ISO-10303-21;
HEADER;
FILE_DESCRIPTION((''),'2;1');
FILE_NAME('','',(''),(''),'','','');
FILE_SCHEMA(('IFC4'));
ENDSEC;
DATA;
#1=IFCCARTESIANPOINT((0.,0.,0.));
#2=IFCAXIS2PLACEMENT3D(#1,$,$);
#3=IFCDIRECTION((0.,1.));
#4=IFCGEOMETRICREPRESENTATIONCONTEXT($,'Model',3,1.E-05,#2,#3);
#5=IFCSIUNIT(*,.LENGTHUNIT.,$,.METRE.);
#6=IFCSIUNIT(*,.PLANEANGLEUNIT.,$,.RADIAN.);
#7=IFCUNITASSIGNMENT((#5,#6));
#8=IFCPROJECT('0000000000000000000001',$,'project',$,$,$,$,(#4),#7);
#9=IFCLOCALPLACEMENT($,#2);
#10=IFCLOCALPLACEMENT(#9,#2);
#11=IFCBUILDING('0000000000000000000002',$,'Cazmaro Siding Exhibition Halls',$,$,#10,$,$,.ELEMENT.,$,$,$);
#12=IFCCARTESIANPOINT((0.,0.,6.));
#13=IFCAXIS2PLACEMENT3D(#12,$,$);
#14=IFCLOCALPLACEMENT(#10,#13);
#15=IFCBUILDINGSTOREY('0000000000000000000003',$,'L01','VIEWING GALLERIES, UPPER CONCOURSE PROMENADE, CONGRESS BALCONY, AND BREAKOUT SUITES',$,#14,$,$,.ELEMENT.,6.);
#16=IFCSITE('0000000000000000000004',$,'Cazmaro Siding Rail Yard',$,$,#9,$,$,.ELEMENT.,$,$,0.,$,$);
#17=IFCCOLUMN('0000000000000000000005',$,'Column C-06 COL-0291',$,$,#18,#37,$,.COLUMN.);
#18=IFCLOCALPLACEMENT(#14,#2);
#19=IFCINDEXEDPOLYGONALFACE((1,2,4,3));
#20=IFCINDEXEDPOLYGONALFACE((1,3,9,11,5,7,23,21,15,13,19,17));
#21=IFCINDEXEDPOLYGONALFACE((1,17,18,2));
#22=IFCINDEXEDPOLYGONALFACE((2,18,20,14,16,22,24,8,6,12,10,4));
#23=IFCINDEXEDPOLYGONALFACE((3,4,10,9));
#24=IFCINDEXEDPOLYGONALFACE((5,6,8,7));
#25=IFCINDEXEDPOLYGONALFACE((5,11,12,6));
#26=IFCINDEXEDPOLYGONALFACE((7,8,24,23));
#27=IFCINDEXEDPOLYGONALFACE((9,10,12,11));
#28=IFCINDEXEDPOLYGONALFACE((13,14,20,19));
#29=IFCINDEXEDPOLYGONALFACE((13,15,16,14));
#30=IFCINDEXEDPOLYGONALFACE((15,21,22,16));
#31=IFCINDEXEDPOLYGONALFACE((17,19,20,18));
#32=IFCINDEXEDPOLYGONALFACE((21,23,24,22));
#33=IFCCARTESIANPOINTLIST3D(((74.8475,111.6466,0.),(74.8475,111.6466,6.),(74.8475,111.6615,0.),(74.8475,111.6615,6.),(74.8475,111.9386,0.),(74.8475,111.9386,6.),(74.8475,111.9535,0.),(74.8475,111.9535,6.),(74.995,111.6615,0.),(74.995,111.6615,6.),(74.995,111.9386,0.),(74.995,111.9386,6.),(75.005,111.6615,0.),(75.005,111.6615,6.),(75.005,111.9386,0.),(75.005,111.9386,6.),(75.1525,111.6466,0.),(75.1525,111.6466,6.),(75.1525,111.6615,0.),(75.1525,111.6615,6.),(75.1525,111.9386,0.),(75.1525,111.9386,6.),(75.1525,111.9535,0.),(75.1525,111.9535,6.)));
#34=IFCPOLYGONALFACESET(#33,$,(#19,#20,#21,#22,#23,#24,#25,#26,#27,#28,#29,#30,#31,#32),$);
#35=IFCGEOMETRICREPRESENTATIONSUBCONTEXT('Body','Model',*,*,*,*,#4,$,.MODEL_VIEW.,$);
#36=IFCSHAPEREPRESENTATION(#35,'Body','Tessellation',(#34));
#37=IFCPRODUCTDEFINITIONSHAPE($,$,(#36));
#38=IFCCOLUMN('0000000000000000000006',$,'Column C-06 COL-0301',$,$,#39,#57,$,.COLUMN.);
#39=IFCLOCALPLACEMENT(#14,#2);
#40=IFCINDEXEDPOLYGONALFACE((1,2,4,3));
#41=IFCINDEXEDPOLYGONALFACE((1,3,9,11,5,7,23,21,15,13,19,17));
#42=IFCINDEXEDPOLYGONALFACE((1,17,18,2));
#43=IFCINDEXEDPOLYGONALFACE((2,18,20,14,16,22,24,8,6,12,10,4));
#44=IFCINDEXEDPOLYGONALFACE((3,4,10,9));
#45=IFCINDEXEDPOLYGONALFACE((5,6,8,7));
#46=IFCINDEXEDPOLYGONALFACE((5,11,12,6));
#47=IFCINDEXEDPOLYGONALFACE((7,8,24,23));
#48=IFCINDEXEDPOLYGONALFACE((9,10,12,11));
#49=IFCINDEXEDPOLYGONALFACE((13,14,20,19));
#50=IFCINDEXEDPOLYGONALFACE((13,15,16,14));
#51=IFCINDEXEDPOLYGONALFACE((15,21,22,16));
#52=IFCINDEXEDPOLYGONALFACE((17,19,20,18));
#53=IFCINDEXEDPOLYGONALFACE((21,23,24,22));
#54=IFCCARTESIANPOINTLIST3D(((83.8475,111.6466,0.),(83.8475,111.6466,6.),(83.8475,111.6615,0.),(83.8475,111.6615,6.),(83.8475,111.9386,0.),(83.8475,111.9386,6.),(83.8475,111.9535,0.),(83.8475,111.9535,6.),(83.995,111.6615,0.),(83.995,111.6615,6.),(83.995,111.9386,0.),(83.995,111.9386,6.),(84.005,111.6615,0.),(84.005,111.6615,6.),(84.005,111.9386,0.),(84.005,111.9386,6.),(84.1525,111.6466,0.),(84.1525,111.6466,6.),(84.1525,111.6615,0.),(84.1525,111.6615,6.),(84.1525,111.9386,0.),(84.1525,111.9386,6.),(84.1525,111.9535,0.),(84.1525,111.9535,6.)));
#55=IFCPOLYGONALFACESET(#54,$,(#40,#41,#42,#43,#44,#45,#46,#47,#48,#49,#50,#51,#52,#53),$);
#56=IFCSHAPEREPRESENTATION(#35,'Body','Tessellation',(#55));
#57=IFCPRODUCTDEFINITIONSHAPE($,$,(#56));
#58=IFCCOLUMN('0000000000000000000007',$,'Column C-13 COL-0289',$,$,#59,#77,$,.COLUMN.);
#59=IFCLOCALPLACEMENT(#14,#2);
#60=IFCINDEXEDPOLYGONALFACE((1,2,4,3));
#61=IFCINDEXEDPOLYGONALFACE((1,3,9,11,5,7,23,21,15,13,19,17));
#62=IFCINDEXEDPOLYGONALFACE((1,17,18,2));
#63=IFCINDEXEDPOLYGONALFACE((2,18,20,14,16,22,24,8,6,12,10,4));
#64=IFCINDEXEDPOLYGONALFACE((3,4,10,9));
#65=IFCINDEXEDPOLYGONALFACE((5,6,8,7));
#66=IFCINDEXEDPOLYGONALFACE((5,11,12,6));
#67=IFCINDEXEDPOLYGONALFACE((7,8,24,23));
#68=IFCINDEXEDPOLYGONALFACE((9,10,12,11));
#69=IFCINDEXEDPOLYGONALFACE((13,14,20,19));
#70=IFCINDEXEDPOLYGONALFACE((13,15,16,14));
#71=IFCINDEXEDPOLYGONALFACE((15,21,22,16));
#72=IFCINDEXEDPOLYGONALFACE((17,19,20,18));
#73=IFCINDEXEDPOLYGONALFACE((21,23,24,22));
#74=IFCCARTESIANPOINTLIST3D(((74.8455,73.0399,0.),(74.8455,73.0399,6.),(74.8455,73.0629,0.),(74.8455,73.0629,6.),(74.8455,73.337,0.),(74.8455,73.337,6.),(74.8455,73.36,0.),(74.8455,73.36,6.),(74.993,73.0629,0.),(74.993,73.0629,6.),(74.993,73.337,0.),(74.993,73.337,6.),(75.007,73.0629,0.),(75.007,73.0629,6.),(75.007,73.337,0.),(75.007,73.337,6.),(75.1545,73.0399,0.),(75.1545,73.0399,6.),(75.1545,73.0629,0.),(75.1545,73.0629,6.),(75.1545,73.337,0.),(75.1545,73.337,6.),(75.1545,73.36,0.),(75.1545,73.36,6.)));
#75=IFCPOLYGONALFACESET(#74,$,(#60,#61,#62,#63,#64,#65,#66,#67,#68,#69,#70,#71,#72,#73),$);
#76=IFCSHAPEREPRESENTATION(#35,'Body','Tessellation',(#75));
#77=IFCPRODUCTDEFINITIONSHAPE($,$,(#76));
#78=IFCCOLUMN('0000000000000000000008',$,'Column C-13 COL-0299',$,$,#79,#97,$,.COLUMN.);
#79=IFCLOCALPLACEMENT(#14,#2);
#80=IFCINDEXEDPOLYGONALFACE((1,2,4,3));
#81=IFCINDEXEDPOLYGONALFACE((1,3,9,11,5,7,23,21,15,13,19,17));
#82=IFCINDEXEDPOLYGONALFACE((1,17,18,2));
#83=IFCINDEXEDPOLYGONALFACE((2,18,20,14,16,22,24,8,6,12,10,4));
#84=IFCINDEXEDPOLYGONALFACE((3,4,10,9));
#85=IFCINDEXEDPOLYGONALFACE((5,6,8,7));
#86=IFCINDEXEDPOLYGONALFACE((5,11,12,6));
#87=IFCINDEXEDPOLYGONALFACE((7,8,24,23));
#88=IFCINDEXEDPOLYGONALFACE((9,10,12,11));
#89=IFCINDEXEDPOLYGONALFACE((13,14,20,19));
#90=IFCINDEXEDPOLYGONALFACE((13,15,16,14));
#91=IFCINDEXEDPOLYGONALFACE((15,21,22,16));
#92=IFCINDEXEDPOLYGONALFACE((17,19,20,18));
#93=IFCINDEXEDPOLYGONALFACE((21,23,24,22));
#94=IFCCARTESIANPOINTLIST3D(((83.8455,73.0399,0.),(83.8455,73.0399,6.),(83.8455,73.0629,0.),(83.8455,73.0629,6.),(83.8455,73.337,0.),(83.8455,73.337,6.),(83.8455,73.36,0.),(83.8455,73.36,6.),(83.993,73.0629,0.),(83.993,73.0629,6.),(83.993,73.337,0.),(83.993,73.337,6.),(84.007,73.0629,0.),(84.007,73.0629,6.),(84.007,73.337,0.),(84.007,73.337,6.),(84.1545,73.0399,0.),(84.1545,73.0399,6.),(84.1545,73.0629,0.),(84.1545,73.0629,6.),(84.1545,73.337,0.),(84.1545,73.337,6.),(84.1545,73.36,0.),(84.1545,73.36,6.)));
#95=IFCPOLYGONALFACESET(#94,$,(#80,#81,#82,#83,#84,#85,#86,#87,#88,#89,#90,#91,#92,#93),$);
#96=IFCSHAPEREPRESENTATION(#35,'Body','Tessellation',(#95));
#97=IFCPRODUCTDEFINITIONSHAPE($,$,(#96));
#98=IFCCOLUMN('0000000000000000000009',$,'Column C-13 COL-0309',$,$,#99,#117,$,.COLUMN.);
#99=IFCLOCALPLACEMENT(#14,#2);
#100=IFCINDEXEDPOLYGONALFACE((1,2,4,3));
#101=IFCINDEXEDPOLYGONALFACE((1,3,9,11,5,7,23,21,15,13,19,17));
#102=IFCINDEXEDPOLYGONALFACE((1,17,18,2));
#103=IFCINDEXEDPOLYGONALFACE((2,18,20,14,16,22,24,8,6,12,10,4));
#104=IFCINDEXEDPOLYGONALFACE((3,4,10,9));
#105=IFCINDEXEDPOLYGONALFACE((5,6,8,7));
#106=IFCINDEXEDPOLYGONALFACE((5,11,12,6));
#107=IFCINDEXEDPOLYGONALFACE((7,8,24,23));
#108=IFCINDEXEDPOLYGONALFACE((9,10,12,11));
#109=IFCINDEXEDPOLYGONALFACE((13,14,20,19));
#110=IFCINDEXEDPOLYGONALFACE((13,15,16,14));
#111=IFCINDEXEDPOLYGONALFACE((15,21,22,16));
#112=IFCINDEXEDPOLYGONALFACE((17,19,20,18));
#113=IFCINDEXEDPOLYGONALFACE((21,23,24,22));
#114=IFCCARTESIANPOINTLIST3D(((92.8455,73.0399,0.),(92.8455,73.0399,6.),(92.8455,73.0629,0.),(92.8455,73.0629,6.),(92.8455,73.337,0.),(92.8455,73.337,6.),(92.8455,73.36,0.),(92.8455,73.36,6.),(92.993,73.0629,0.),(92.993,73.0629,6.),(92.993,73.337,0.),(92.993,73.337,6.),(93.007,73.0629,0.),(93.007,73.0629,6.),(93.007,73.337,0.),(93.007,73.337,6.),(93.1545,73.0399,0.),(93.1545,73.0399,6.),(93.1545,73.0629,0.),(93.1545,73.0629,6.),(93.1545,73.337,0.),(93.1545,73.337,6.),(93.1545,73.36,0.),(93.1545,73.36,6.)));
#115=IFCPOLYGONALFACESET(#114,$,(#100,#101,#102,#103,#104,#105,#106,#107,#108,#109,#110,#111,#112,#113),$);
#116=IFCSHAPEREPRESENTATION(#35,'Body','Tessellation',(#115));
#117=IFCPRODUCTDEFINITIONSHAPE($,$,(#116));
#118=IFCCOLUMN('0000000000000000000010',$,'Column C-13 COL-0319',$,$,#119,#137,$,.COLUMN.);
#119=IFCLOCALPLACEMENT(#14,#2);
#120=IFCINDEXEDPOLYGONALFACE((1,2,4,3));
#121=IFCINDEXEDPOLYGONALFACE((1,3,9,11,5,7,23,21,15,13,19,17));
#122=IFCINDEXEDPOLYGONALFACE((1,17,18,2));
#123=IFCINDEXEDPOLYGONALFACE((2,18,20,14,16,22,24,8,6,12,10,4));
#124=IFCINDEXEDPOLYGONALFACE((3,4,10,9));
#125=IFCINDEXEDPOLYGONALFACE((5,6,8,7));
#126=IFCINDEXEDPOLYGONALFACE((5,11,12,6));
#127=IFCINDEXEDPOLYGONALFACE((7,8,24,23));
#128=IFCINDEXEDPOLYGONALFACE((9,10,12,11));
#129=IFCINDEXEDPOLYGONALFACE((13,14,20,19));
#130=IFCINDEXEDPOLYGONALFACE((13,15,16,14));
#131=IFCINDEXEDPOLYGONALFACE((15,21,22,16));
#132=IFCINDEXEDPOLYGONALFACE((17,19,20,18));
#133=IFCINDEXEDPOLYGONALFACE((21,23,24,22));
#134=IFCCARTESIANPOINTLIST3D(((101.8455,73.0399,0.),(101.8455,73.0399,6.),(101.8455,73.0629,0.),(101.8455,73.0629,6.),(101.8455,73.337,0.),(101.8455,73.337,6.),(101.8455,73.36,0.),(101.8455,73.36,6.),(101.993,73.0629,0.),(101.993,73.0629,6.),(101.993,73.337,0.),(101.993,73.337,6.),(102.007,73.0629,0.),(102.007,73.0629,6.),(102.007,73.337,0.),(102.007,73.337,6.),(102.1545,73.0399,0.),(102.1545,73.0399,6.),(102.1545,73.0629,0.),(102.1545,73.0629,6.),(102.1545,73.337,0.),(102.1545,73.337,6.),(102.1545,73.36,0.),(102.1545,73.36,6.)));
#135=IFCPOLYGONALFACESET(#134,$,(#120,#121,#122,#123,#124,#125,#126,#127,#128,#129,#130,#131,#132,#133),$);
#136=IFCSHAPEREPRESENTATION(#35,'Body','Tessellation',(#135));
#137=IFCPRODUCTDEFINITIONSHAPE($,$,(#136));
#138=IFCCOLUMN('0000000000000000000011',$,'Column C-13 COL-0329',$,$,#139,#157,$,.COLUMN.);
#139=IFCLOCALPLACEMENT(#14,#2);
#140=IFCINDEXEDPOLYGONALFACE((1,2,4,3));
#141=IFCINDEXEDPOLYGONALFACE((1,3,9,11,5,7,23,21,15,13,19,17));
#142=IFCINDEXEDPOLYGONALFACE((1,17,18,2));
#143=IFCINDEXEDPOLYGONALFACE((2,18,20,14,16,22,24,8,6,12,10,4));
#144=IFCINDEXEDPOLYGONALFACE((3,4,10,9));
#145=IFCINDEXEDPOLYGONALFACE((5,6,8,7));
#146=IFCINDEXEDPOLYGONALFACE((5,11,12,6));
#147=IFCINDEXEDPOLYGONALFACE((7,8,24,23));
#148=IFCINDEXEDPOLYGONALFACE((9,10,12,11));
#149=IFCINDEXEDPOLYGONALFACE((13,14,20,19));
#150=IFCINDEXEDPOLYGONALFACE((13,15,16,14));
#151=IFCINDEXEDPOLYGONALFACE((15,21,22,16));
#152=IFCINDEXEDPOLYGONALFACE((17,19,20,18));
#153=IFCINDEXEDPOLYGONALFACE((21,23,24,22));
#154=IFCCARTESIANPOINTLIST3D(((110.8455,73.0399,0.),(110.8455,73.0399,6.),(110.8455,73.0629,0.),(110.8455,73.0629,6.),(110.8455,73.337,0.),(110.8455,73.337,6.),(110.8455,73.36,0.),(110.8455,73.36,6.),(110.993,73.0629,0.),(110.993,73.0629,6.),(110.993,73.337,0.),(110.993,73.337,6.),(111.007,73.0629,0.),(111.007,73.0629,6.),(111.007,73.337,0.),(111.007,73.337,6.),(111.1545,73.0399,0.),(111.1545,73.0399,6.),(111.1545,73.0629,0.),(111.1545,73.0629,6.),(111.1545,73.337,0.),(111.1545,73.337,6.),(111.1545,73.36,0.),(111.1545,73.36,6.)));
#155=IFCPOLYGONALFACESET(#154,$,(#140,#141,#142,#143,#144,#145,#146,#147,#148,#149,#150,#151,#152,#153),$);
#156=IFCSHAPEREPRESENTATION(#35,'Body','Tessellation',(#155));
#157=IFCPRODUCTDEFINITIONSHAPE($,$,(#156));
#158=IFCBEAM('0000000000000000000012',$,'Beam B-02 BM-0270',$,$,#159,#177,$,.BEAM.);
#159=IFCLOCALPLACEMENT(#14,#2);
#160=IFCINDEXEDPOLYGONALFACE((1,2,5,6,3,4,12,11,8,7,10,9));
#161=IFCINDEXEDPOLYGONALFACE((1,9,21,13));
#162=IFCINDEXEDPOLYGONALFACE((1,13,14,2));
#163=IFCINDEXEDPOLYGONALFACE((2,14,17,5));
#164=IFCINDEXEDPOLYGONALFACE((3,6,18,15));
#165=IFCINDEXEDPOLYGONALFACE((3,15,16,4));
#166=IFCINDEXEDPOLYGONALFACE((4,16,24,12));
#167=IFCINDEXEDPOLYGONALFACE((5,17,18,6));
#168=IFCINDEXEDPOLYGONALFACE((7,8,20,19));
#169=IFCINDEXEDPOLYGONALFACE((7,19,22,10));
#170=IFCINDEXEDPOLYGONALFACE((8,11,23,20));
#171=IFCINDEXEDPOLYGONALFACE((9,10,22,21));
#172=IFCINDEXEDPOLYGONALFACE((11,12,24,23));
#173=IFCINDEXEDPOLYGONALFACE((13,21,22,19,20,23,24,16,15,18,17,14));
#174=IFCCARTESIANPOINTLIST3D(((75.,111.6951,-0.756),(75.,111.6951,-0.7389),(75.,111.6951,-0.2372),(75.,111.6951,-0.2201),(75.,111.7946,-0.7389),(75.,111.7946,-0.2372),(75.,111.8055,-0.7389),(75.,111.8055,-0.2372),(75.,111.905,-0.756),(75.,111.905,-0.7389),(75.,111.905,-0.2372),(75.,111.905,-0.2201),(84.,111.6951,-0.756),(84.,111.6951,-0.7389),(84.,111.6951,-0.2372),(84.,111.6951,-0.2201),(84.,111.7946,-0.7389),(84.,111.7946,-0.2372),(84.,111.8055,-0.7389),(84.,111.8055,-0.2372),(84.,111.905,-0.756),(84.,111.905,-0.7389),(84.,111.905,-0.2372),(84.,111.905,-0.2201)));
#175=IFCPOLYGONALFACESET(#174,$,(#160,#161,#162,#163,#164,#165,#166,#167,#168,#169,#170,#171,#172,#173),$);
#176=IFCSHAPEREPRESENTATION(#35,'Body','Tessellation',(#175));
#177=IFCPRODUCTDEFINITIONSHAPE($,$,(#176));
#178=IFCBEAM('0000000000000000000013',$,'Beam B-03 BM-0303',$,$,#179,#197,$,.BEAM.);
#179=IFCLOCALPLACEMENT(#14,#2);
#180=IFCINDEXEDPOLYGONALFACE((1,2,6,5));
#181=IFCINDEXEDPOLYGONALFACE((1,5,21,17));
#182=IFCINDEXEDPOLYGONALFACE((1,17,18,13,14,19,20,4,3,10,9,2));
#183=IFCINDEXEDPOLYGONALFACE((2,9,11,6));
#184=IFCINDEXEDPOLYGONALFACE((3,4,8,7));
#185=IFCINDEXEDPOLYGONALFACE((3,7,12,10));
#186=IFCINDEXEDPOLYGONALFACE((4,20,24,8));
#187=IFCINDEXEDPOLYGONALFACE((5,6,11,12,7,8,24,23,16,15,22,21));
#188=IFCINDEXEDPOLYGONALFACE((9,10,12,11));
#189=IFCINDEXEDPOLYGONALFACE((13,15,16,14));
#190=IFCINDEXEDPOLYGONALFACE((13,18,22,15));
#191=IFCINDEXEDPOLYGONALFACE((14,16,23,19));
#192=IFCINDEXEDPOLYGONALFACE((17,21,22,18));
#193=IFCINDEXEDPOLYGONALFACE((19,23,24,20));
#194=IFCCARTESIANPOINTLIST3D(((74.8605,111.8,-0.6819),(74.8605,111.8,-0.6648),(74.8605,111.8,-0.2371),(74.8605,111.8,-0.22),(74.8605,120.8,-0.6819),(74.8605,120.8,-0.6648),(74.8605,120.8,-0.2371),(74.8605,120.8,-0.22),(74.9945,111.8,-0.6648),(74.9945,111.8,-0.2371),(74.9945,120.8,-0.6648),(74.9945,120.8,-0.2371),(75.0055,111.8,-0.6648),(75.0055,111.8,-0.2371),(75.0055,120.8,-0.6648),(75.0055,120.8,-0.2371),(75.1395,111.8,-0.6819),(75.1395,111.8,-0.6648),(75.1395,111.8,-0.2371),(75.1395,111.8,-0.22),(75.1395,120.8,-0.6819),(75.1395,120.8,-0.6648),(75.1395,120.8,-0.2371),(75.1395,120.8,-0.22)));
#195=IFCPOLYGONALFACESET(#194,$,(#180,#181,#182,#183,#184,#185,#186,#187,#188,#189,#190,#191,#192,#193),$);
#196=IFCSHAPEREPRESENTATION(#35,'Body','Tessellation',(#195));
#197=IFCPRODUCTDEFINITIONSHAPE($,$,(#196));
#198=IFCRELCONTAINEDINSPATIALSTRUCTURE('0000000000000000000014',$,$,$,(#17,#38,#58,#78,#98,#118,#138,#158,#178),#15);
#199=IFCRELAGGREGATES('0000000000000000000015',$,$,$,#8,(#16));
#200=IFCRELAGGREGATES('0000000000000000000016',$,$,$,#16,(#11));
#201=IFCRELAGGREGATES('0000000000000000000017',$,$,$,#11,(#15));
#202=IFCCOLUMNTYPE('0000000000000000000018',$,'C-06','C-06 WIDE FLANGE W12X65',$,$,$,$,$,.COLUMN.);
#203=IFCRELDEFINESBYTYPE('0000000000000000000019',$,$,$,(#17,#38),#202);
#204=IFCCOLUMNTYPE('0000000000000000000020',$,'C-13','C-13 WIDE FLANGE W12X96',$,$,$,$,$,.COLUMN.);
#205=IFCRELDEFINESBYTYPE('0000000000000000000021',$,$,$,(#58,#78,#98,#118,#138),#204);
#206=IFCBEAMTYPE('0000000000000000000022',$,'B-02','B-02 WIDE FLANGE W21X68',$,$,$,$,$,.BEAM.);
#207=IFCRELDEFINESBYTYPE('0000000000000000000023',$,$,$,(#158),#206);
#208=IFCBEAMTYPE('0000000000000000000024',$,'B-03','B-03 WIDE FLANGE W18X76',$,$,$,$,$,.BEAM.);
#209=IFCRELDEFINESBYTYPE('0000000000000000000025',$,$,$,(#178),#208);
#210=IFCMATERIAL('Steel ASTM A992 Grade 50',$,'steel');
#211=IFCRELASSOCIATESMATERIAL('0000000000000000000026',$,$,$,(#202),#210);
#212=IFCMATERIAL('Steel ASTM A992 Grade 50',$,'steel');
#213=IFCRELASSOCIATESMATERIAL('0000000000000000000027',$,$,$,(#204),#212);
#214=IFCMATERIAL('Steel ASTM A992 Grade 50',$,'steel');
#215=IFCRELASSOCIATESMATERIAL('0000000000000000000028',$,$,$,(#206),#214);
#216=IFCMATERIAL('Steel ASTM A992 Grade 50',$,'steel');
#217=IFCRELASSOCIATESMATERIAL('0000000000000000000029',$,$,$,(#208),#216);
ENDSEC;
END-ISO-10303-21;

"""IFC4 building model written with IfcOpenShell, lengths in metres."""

from ifc_helpers import new_model, si_unit, direction, frame, origin, origin_2d, place, context, subcontext, project, spatial, i_section, extrude, material, material_profile, profile_set, type_object, element, save


model = new_model("IFC4")

# Units and contexts
model_context = context("Model", 3, precision=1e-05, world=origin(), true_north=direction((0.0, 1.0)))
body_context = subcontext(model_context, "Body", "Model", "MODEL_VIEW")
ifc_project = project(units=[si_unit("LENGTHUNIT", "METRE"), si_unit("PLANEANGLEUNIT", "RADIAN")], contexts=[model_context])

# Site, building, storey
site_placement = place(None, origin())
site = spatial("IfcSite", under=ifc_project, at=site_placement, Name="Cazmaro Siding Rail Yard", CompositionType="ELEMENT", RefElevation=0.0)
building_placement = place(site_placement, origin())
building = spatial("IfcBuilding", under=site, at=building_placement, Name="Cazmaro Siding Exhibition Halls", CompositionType="ELEMENT")
storey_placement = place(building_placement, frame((0.0, 0.0, 6.0)))
storey = spatial("IfcBuildingStorey", under=building, at=storey_placement, Name="L01", Description="VIEWING GALLERIES, UPPER CONCOURSE PROMENADE, CONGRESS BALCONY, AND BREAKOUT SUITES", CompositionType="ELEMENT", Elevation=6.0)

# Columns
ifc_material_1 = material(Name="Steel ASTM A992 Grade 50", Category="steel")
ifc_material_profile_1 = material_profile(ifc_material_1, i_section(OverallWidth=0.3049, OverallDepth=0.3069, WebThickness=0.01, FlangeThickness=0.0149, at=origin_2d()), Name="W12X65")
ifc_profile_set_1 = profile_set([ifc_material_profile_1], Name="Steel ASTM A992 Grade 50")
column_type_1 = type_object("IfcColumnType", Name="C-06", Description="C-06 WIDE FLANGE W12X65", PredefinedType="COLUMN", material=ifc_profile_set_1)
for number, where, z_axis, x_axis, name in (
    (1, (75.0, 111.8, 0.0), (0.0, 0.0, 1.0), (1.0, 0.0, 0.0), "Column C-06 COL-0291"),
    (2, (84.0, 111.8, 0.0), (0.0, 0.0, 1.0), (1.0, 0.0, 0.0), "Column C-06 COL-0301"),
):
    element("IfcColumn", number, at=place(storey_placement, frame(where, z_axis=z_axis, x_axis=x_axis)), inside=storey, type_object=column_type_1, Name=name, PredefinedType="COLUMN", context=body_context, shape_type="SweptSolid", body=[
        extrude(i_section(OverallWidth=0.3049, OverallDepth=0.3069, WebThickness=0.01, FlangeThickness=0.0149, at=origin_2d()), origin(), (0.0, 0.0, 1.0), 6.0),
    ])
ifc_material_2 = material(Name="Steel ASTM A992 Grade 50", Category="steel")
ifc_material_profile_2 = material_profile(ifc_material_2, i_section(OverallWidth=0.3091, OverallDepth=0.3201, WebThickness=0.0139, FlangeThickness=0.0229, at=origin_2d()), Name="W12X96")
ifc_profile_set_2 = profile_set([ifc_material_profile_2], Name="Steel ASTM A992 Grade 50")
column_type_2 = type_object("IfcColumnType", Name="C-13", Description="C-13 WIDE FLANGE W12X96", PredefinedType="COLUMN", material=ifc_profile_set_2)
for number, where, z_axis, x_axis, name in (
    (3, (75.0, 73.2, 0.0), (0.0, 0.0, 1.0), (1.0, 0.0, 0.0), "Column C-13 COL-0289"),
    (4, (84.0, 73.2, 0.0), (0.0, 0.0, 1.0), (1.0, 0.0, 0.0), "Column C-13 COL-0299"),
    (5, (93.0, 73.2, 0.0), (0.0, 0.0, 1.0), (1.0, 0.0, 0.0), "Column C-13 COL-0309"),
    (6, (102.0, 73.2, 0.0), (0.0, 0.0, 1.0), (1.0, 0.0, 0.0), "Column C-13 COL-0319"),
    (7, (111.0, 73.2, 0.0), (0.0, 0.0, 1.0), (1.0, 0.0, 0.0), "Column C-13 COL-0329"),
):
    element("IfcColumn", number, at=place(storey_placement, frame(where, z_axis=z_axis, x_axis=x_axis)), inside=storey, type_object=column_type_2, Name=name, PredefinedType="COLUMN", context=body_context, shape_type="SweptSolid", body=[
        extrude(i_section(OverallWidth=0.3091, OverallDepth=0.3201, WebThickness=0.0139, FlangeThickness=0.0229, at=origin_2d()), origin(), (0.0, 0.0, 1.0), 6.0),
    ])

# Beams
ifc_material_3 = material(Name="Steel ASTM A992 Grade 50", Category="steel")
ifc_material_profile_3 = material_profile(ifc_material_3, i_section(OverallWidth=0.21, OverallDepth=0.5359, WebThickness=0.011, FlangeThickness=0.0171, at=origin_2d()), Name="W21X68")
ifc_profile_set_3 = profile_set([ifc_material_profile_3], Name="Steel ASTM A992 Grade 50")
beam_type_1 = type_object("IfcBeamType", Name="B-02", Description="B-02 WIDE FLANGE W21X68", PredefinedType="BEAM", material=ifc_profile_set_3)
beam_1_placement = place(storey_placement, frame((75.0, 111.8, -0.488), z_axis=(1.0, 0.0, 0.0), x_axis=(0.0, 1.0, 0.0)))
element("IfcBeam", 8, at=beam_1_placement, inside=storey, type_object=beam_type_1, Name="Beam B-02 BM-0270", PredefinedType="BEAM", context=body_context, shape_type="SweptSolid", body=[
    extrude(i_section(OverallWidth=0.21, OverallDepth=0.5359, WebThickness=0.011, FlangeThickness=0.0171, at=origin_2d()), origin(), (0.0, 0.0, 1.0), 9.0),
])
ifc_material_4 = material(Name="Steel ASTM A992 Grade 50", Category="steel")
ifc_material_profile_4 = material_profile(ifc_material_4, i_section(OverallWidth=0.2791, OverallDepth=0.4619, WebThickness=0.011, FlangeThickness=0.0171, at=origin_2d()), Name="W18X76")
ifc_profile_set_4 = profile_set([ifc_material_profile_4], Name="Steel ASTM A992 Grade 50")
beam_type_2 = type_object("IfcBeamType", Name="B-03", Description="B-03 WIDE FLANGE W18X76", PredefinedType="BEAM", material=ifc_profile_set_4)
beam_2_placement = place(storey_placement, frame((75.0, 111.8, -0.4509), z_axis=(0.0, 1.0, 0.0), x_axis=(-1.0, 0.0, 0.0)))
element("IfcBeam", 9, at=beam_2_placement, inside=storey, type_object=beam_type_2, Name="Beam B-03 BM-0303", PredefinedType="BEAM", context=body_context, shape_type="SweptSolid", body=[
    extrude(i_section(OverallWidth=0.2791, OverallDepth=0.4619, WebThickness=0.011, FlangeThickness=0.0171, at=origin_2d()), origin(), (0.0, 0.0, 1.0), 9.0),
])

save(model, "model.ifc")
